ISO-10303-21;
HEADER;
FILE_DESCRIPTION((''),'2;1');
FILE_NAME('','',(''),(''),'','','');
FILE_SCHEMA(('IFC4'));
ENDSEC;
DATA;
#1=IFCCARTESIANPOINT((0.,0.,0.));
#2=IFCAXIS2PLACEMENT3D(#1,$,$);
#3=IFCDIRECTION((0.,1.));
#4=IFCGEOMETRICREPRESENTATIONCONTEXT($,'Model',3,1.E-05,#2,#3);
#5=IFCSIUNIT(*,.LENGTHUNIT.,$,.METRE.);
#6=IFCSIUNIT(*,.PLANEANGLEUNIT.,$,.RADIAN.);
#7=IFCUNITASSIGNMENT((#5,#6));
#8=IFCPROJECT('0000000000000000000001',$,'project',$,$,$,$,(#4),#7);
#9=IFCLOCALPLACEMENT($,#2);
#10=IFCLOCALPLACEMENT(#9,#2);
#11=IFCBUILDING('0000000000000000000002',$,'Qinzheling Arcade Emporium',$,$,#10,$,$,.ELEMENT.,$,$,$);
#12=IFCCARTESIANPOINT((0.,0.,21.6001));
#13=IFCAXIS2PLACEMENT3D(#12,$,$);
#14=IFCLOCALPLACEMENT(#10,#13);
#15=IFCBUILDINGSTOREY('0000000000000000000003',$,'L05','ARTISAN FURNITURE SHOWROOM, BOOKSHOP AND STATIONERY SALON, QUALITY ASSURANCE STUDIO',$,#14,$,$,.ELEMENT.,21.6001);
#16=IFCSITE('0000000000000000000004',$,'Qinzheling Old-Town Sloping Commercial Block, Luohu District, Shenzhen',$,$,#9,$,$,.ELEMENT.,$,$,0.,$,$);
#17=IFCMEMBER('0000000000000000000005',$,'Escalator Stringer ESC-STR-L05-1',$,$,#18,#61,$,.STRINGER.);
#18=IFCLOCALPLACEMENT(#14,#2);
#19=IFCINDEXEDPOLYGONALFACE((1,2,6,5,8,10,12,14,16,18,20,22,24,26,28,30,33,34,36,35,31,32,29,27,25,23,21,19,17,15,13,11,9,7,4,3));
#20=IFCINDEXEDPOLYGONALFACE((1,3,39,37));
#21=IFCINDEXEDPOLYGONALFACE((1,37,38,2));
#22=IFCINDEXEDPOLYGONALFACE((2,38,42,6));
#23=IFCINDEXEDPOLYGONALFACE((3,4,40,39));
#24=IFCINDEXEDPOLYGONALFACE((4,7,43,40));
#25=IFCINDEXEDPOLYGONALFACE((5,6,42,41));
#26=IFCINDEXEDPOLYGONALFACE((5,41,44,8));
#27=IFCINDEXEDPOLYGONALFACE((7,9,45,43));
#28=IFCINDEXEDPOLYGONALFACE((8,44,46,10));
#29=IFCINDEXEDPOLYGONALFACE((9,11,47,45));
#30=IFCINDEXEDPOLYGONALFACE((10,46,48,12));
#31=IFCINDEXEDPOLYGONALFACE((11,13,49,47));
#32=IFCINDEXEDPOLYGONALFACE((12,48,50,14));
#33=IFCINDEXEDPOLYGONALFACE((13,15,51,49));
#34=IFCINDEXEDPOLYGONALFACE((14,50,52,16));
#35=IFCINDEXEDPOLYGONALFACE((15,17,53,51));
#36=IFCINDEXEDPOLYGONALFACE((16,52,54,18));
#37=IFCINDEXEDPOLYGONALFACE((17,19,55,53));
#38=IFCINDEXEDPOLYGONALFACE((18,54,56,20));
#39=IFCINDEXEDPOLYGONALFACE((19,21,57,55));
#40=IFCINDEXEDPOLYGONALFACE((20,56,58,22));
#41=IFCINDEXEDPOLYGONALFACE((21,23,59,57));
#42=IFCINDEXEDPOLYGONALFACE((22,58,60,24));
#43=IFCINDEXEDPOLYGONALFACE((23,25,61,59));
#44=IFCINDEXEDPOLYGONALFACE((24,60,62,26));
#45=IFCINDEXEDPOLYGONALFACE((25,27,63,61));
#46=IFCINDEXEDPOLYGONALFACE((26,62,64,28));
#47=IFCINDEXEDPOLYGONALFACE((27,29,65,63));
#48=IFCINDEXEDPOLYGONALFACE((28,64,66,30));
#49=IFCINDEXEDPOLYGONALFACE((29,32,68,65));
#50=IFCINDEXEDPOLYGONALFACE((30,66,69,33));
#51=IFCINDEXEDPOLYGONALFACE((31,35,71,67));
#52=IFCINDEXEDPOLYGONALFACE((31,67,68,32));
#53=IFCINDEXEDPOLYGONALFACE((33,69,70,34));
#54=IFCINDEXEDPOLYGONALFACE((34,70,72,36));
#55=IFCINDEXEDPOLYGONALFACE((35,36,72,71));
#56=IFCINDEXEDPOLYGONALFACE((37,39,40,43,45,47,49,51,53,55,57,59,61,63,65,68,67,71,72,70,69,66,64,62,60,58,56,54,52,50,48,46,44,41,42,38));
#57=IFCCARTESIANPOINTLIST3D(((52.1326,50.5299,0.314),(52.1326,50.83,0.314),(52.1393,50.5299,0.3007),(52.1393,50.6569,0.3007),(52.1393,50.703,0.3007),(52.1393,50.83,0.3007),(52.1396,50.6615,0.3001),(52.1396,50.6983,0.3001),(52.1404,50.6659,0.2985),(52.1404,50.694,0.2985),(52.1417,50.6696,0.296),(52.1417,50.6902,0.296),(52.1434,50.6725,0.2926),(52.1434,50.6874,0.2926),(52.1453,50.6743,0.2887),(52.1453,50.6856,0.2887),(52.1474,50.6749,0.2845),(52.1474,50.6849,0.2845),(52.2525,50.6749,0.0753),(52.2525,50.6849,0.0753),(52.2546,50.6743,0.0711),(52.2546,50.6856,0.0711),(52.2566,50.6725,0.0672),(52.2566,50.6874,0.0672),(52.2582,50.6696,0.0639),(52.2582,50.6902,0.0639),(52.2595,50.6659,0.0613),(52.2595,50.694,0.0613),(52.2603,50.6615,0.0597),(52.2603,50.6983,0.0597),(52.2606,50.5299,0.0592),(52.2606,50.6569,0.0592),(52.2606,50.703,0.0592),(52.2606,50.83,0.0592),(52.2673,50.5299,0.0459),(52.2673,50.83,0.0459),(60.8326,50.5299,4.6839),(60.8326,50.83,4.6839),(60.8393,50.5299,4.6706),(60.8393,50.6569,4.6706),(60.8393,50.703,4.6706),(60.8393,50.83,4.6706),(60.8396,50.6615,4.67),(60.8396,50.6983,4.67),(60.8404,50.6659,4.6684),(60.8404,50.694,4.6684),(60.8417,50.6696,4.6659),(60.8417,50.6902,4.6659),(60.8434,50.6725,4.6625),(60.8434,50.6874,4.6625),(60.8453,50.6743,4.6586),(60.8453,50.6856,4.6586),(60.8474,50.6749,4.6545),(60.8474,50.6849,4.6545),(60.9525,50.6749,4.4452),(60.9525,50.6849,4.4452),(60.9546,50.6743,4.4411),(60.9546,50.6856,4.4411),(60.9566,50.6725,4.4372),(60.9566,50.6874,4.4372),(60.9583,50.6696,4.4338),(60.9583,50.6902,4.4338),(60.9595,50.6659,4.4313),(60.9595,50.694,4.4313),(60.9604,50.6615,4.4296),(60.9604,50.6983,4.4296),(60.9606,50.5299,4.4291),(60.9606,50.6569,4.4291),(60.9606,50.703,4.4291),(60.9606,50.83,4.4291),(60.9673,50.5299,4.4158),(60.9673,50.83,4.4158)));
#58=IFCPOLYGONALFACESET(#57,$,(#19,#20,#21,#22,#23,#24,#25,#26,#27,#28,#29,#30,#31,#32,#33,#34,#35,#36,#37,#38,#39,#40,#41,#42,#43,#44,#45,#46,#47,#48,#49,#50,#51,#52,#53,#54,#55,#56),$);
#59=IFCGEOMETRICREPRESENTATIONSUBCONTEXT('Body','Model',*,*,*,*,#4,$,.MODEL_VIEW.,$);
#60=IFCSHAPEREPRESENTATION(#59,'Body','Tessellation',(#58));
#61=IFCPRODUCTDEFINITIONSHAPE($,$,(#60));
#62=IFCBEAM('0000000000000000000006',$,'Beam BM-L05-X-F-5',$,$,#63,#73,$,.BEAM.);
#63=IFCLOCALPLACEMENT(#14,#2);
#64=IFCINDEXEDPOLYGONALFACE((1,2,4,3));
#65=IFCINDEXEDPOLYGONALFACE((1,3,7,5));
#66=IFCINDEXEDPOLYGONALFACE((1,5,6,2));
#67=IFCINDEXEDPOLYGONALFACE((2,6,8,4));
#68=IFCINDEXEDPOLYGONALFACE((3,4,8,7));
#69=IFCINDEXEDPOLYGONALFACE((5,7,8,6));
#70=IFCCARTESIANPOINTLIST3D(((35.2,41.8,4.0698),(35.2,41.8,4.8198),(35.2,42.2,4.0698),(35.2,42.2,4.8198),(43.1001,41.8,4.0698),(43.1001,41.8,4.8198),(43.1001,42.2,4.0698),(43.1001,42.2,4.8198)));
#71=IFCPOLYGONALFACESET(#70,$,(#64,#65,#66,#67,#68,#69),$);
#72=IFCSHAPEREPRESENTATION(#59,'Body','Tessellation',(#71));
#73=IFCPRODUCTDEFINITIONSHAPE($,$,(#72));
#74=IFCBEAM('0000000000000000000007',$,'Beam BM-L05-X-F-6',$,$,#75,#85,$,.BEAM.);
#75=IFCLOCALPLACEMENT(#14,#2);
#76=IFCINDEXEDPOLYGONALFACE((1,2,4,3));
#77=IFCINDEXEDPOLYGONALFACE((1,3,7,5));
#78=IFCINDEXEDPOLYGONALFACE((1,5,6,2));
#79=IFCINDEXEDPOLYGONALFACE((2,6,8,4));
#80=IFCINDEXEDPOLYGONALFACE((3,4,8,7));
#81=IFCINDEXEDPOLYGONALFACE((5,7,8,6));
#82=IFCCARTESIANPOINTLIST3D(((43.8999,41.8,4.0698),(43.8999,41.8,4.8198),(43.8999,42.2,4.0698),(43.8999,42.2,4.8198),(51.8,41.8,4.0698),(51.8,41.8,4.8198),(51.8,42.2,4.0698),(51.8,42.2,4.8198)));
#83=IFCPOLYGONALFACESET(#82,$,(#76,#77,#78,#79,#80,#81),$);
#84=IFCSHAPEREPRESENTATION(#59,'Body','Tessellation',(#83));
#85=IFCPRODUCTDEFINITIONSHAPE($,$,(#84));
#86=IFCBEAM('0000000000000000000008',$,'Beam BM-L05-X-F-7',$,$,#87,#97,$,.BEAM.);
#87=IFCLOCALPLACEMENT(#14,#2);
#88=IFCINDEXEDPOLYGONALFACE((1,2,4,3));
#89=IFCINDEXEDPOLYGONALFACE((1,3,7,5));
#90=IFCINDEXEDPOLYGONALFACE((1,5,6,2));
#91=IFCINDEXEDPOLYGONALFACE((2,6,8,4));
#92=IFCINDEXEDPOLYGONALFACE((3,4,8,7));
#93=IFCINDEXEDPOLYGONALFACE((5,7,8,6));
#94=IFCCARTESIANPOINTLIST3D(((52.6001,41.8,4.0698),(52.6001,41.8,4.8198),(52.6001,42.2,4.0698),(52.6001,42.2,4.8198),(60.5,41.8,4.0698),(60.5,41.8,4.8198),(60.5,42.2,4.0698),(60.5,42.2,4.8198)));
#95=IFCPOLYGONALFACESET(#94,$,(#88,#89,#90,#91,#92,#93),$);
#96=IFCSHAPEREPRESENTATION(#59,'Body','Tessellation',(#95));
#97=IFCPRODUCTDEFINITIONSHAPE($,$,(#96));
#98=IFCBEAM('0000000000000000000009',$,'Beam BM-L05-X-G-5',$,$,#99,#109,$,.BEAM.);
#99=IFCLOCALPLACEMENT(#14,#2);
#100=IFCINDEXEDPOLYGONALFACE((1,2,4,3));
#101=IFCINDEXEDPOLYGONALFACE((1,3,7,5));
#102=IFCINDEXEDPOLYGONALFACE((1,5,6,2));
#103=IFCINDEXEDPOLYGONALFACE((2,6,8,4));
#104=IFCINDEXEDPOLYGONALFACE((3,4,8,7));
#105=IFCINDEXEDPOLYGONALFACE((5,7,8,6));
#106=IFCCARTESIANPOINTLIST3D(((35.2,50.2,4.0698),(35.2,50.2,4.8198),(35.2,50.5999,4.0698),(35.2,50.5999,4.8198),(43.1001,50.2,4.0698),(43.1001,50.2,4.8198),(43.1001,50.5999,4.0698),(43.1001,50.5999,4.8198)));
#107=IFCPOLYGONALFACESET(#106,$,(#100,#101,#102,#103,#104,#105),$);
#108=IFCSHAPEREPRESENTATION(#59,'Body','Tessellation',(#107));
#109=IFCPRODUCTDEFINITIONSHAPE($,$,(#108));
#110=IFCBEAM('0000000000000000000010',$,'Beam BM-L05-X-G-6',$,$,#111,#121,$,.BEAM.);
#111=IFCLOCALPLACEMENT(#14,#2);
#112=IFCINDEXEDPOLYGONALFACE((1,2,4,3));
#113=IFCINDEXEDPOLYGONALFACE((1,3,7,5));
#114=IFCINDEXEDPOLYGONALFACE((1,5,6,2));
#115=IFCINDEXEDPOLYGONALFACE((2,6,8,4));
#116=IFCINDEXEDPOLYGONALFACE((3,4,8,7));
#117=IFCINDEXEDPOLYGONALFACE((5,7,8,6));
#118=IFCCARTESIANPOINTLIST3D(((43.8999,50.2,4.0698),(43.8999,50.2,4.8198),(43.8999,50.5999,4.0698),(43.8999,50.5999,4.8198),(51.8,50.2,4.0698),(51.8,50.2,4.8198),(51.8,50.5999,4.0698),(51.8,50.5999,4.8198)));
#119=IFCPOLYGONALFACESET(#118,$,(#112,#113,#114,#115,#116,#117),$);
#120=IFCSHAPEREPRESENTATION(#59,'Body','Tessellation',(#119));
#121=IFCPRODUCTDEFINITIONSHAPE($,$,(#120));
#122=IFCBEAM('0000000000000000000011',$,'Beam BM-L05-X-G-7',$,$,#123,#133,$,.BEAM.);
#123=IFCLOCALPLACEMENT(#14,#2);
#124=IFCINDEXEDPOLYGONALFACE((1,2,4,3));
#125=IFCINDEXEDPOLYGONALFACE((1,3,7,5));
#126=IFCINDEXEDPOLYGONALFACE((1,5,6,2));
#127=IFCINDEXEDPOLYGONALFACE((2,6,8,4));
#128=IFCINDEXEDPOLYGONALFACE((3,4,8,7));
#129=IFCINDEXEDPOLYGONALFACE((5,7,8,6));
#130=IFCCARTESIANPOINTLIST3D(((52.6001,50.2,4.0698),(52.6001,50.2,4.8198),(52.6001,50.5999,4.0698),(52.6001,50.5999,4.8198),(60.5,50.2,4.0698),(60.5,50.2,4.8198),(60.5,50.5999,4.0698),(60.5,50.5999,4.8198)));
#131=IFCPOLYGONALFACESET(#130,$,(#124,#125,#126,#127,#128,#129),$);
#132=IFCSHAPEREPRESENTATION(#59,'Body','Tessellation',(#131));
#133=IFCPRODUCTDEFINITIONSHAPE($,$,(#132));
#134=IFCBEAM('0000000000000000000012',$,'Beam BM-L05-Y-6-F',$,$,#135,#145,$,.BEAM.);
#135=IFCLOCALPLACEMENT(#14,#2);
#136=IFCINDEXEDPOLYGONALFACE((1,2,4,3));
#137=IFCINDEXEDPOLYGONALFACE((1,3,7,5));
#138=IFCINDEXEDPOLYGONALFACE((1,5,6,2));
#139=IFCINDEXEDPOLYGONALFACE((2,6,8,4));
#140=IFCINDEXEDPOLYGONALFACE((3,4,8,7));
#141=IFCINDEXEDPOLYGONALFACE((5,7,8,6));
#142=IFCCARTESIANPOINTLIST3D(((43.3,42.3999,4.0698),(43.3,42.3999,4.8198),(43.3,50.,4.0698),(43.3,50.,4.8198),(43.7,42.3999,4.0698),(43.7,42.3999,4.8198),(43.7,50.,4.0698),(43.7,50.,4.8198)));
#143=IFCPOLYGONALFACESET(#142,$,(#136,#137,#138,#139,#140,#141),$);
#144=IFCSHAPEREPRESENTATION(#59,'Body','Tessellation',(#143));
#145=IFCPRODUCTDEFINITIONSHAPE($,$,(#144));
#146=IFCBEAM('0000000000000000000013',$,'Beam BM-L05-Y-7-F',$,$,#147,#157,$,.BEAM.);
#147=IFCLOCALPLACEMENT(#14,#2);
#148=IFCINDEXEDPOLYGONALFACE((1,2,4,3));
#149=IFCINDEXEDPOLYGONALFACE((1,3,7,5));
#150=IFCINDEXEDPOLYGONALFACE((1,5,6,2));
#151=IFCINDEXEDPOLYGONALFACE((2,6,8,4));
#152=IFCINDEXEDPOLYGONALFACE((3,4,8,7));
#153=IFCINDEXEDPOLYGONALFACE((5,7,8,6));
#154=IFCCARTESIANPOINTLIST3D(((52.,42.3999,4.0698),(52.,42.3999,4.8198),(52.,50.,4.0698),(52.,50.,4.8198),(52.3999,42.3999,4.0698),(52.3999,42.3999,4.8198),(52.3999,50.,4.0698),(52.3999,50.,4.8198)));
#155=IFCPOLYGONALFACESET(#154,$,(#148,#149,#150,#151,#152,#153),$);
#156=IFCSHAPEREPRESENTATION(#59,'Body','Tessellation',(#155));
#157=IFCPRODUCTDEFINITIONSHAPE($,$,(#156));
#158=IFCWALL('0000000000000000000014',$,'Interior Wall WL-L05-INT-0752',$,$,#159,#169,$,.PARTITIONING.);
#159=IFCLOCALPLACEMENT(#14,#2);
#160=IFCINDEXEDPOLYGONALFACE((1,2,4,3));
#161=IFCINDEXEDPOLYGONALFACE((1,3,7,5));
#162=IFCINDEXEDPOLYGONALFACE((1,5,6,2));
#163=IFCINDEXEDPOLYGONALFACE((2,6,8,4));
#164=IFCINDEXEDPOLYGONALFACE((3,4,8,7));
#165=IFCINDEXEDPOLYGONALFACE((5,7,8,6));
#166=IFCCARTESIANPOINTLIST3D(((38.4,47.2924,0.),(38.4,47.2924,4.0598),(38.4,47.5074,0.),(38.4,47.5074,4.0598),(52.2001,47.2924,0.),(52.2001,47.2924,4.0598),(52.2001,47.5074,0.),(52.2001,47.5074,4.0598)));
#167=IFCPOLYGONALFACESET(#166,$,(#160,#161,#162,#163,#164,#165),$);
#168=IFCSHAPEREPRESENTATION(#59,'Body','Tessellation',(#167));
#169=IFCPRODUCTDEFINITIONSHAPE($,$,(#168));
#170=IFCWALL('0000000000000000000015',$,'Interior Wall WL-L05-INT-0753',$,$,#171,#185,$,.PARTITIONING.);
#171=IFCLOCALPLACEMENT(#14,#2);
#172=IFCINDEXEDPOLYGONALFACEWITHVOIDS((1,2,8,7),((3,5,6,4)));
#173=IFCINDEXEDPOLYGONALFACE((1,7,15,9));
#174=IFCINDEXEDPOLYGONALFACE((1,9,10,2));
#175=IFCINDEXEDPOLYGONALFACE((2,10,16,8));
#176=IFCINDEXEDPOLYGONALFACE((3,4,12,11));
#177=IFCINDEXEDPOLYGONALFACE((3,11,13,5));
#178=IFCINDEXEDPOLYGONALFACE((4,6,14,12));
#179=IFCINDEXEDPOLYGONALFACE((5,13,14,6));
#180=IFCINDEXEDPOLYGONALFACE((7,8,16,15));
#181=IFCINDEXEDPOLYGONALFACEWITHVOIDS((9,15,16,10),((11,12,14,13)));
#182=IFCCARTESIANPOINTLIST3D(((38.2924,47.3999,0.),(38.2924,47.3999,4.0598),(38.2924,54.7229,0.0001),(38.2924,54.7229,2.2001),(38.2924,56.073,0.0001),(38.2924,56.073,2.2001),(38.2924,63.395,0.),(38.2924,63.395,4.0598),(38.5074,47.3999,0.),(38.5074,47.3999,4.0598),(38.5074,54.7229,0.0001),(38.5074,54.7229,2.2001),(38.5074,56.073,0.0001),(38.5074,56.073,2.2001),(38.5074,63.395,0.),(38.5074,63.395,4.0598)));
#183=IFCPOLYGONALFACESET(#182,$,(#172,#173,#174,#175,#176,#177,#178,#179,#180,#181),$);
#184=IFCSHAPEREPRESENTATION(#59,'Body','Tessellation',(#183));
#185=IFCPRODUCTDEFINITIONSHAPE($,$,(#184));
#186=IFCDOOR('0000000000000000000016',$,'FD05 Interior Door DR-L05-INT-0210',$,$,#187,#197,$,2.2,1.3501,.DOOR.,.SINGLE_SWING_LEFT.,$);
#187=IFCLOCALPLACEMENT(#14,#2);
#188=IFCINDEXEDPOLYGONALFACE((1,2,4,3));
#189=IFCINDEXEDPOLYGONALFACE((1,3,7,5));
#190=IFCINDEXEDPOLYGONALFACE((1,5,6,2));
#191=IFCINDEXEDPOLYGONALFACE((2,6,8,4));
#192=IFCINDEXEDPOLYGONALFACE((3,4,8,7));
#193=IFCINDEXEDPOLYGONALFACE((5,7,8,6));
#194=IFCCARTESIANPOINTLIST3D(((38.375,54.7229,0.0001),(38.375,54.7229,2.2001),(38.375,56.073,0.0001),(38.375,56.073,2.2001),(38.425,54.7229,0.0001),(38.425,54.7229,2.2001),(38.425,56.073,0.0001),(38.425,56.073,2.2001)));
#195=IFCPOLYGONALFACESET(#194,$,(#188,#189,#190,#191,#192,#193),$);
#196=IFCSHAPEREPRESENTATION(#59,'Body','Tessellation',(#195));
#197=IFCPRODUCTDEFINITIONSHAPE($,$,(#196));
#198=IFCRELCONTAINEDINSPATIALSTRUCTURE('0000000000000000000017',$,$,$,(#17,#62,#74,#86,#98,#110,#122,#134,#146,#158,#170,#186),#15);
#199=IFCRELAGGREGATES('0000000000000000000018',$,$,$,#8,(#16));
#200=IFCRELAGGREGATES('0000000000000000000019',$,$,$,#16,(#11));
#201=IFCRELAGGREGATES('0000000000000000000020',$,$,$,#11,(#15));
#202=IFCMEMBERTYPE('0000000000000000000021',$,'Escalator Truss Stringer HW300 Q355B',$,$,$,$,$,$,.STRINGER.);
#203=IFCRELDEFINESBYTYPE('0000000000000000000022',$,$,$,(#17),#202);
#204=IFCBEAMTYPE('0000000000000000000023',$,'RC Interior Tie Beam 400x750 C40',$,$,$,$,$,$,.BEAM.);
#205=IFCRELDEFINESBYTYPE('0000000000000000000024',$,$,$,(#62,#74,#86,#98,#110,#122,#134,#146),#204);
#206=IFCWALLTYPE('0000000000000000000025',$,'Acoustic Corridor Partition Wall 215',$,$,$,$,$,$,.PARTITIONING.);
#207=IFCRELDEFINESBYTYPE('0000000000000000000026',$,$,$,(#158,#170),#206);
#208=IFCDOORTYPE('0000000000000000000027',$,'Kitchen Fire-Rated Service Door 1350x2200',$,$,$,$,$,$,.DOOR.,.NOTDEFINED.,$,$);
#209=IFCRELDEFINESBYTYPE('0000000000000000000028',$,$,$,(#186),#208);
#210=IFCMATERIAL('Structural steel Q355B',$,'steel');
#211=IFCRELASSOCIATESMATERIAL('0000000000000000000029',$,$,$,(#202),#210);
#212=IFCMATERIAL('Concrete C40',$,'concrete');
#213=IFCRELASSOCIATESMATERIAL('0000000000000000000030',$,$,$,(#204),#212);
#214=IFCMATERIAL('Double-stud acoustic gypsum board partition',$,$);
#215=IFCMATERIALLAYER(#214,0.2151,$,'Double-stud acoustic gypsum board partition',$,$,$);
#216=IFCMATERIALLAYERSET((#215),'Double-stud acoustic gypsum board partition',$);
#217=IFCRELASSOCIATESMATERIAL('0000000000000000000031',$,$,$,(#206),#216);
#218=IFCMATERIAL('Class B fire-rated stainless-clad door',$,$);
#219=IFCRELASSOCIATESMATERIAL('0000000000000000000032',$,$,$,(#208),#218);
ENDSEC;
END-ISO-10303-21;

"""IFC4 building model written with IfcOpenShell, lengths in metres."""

from ifc_helpers import new_model, si_unit, direction, frame, frame_2d, origin, origin_2d, place, context, subcontext, project, spatial, rectangle, i_section, extrude, material, layer, layer_set, material_profile, profile_set, type_object, element, fill, save


model = new_model("IFC4")

# Units and contexts
model_context = context("Model", 3, precision=1e-05, world=origin(), true_north=direction((0.0, 1.0)))
body_context = subcontext(model_context, "Body", "Model", "MODEL_VIEW")
ifc_project = project(units=[si_unit("LENGTHUNIT", "METRE"), si_unit("PLANEANGLEUNIT", "RADIAN")], contexts=[model_context])

# Site, building, storey
site_placement = place(None, origin())
site = spatial("IfcSite", under=ifc_project, at=site_placement, Name="Qinzheling Old-Town Sloping Commercial Block, Luohu District, Shenzhen", CompositionType="ELEMENT", RefElevation=0.0)
building_placement = place(site_placement, origin())
building = spatial("IfcBuilding", under=site, at=building_placement, Name="Qinzheling Arcade Emporium", CompositionType="ELEMENT")
storey_placement = place(building_placement, frame((0.0, 0.0, 21.6001)))
storey = spatial("IfcBuildingStorey", under=building, at=storey_placement, Name="L05", Description="ARTISAN FURNITURE SHOWROOM, BOOKSHOP AND STATIONERY SALON, QUALITY ASSURANCE STUDIO", CompositionType="ELEMENT", Elevation=21.6001)

# Shared definitions
ifc_material_1 = material(Name="Concrete C40", Category="concrete")

# Shared definitions
ifc_material_2 = material(Name="Structural steel Q355B", Category="steel")

# Member
ifc_material_profile_1 = material_profile(ifc_material_2, i_section(OverallWidth=0.3, OverallDepth=0.3, WebThickness=0.01, FlangeThickness=0.0149, FilletRadius=0.0181, at=origin_2d()), Name="HW 300x300x10x15", Category="steel")
ifc_profile_set_1 = profile_set([ifc_material_profile_1], Name="Structural steel Q355B")
member_type = type_object("IfcMemberType", Name="Escalator Truss Stringer HW300 Q355B", PredefinedType="STRINGER", material=ifc_profile_set_1)
member_placement = place(storey_placement, frame((52.2, 50.6799, 0.1799), z_axis=(0.893608, 0.0, 0.448848), x_axis=(0.0, 1.0, 0.0)))
element("IfcMember", 1, at=member_placement, inside=storey, type_object=member_type, Name="Escalator Stringer ESC-STR-L05-1", PredefinedType="STRINGER", context=body_context, shape_type="SweptSolid", body=[
    extrude(i_section(OverallWidth=0.3, OverallDepth=0.3, WebThickness=0.01, FlangeThickness=0.0149, FilletRadius=0.0181, at=origin_2d()), origin(), (0.0, 0.0, 1.0), 9.7358),
])

# Beams
ifc_material_profile_2 = material_profile(ifc_material_1, rectangle(XDim=0.3999, YDim=0.75, at=origin_2d()), Name="RC 400x750", Category="concrete")
ifc_profile_set_2 = profile_set([ifc_material_profile_2], Name="Concrete C40")
beam_type_1 = type_object("IfcBeamType", Name="RC Interior Tie Beam 400x750 C40", PredefinedType="BEAM", material=ifc_profile_set_2)
for number, where, z_axis, x_axis, name in (
    (2, (35.2, 42.0, 4.4448), (1.0, 0.0, 0.0), (0.0, 1.0, 0.0), "Beam BM-L05-X-F-5"),
    (3, (43.8999, 42.0, 4.4448), (1.0, 0.0, 0.0), (0.0, 1.0, 0.0), "Beam BM-L05-X-F-6"),
):
    element("IfcBeam", number, at=place(storey_placement, frame(where, z_axis=z_axis, x_axis=x_axis)), inside=storey, type_object=beam_type_1, Name=name, PredefinedType="BEAM", context=body_context, shape_type="SweptSolid", body=[
        extrude(rectangle(XDim=0.3999, YDim=0.75, at=origin_2d()), origin(), (0.0, 0.0, 1.0), 7.9001),
    ])
beam_1_placement = place(storey_placement, frame((52.6001, 42.0, 4.4448), z_axis=(1.0, 0.0, 0.0), x_axis=(0.0, 1.0, 0.0)))
element("IfcBeam", 4, at=beam_1_placement, inside=storey, type_object=beam_type_1, Name="Beam BM-L05-X-F-7", PredefinedType="BEAM", context=body_context, shape_type="SweptSolid", body=[
    extrude(rectangle(XDim=0.3999, YDim=0.75, at=origin_2d()), origin(), (0.0, 0.0, 1.0), 7.8999),
])
for number, where, z_axis, x_axis, name in (
    (5, (35.2, 50.3999, 4.4448), (1.0, 0.0, 0.0), (0.0, 1.0, 0.0), "Beam BM-L05-X-G-5"),
    (6, (43.8999, 50.3999, 4.4448), (1.0, 0.0, 0.0), (0.0, 1.0, 0.0), "Beam BM-L05-X-G-6"),
):
    element("IfcBeam", number, at=place(storey_placement, frame(where, z_axis=z_axis, x_axis=x_axis)), inside=storey, type_object=beam_type_1, Name=name, PredefinedType="BEAM", context=body_context, shape_type="SweptSolid", body=[
        extrude(rectangle(XDim=0.3999, YDim=0.75, at=origin_2d()), origin(), (0.0, 0.0, 1.0), 7.9001),
    ])
beam_2_placement = place(storey_placement, frame((52.6001, 50.3999, 4.4448), z_axis=(1.0, 0.0, 0.0), x_axis=(0.0, 1.0, 0.0)))
element("IfcBeam", 7, at=beam_2_placement, inside=storey, type_object=beam_type_1, Name="Beam BM-L05-X-G-7", PredefinedType="BEAM", context=body_context, shape_type="SweptSolid", body=[
    extrude(rectangle(XDim=0.3999, YDim=0.75, at=origin_2d()), origin(), (0.0, 0.0, 1.0), 7.8999),
])
for number, where, z_axis, x_axis, name in (
    (8, (43.5, 42.3999, 4.4448), (0.0, 1.0, 0.0), (-1.0, 0.0, 0.0), "Beam BM-L05-Y-6-F"),
    (9, (52.2, 42.3999, 4.4448), (0.0, 1.0, 0.0), (-1.0, 0.0, 0.0), "Beam BM-L05-Y-7-F"),
):
    element("IfcBeam", number, at=place(storey_placement, frame(where, z_axis=z_axis, x_axis=x_axis)), inside=storey, type_object=beam_type_1, Name=name, PredefinedType="BEAM", context=body_context, shape_type="SweptSolid", body=[
        extrude(rectangle(XDim=0.3999, YDim=0.75, at=origin_2d()), origin(), (0.0, 0.0, 1.0), 7.6001),
    ])

# Wall
ifc_material_3 = material(Name="Double-stud acoustic gypsum board partition")
ifc_layer_1 = layer(ifc_material_3, 0.2151, Name="Double-stud acoustic gypsum board partition")
ifc_layer_set_1 = layer_set([ifc_layer_1], Name="Double-stud acoustic gypsum board partition")
wall_type_1 = type_object("IfcWallType", Name="Acoustic Corridor Partition Wall 215", PredefinedType="PARTITIONING", material=ifc_layer_set_1)
wall_1_placement = place(storey_placement, frame((52.2, 47.3999, 0.0), z_axis=(0.0, 0.0, 1.0), x_axis=(-1.0, 0.0, 0.0)))
element("IfcWall", 10, at=wall_1_placement, inside=storey, type_object=wall_type_1, Name="Interior Wall WL-L05-INT-0752", PredefinedType="PARTITIONING", context=body_context, shape_type="SweptSolid", body=[
    extrude(rectangle(XDim=13.8, YDim=0.2151, at=frame_2d((6.8999, 0.0))), origin(), (0.0, 0.0, 1.0), 4.0598),
])

# Wall, opening, door
wall_2_placement = place(storey_placement, frame((38.3999, 47.3999, 0.0), z_axis=(0.0, 0.0, 1.0), x_axis=(0.0, 1.0, 0.0)))
wall_2 = element("IfcWall", 11, at=wall_2_placement, inside=storey, type_object=wall_type_1, Name="Interior Wall WL-L05-INT-0753", PredefinedType="PARTITIONING", context=body_context, shape_type="SweptSolid", body=[
    extrude(rectangle(XDim=15.9951, YDim=0.2151, at=frame_2d((7.9976, 0.0))), origin(), (0.0, 0.0, 1.0), 4.0598),
])
opening_placement = place(wall_2_placement, frame((7.323, 0.0, 0.0)))
opening = element("IfcOpeningElement", 12, at=opening_placement, cuts=wall_2, PredefinedType="OPENING", context=body_context, shape_type="SweptSolid", body=[
    extrude(rectangle(XDim=1.3501, YDim=2.2, at=frame_2d((0.675, 1.1001))), frame((0.0, 0.1177, 0.0), z_axis=(0.0, -1.0, 0.0), x_axis=(1.0, 0.0, 0.0)), (0.0, 0.0, 1.0), 0.2351),
])
ifc_material_4 = material(Name="Class B fire-rated stainless-clad door")
door_type = type_object("IfcDoorType", Name="Kitchen Fire-Rated Service Door 1350x2200", OperationType="NOTDEFINED", PredefinedType="DOOR", material=ifc_material_4)
door_placement = place(opening_placement, origin())
door = element("IfcDoor", 13, at=door_placement, inside=storey, type_object=door_type, Name="FD05 Interior Door DR-L05-INT-0210", OperationType="SINGLE_SWING_LEFT", OverallHeight=2.2, OverallWidth=1.3501, PredefinedType="DOOR", context=body_context, shape_type="SweptSolid", body=[
    extrude(rectangle(XDim=1.3501, YDim=2.2, at=frame_2d((0.675, 1.1001))), frame((0.0, 0.0249, 0.0), z_axis=(0.0, -1.0, 0.0), x_axis=(1.0, 0.0, 0.0)), (0.0, 0.0, 1.0), 0.05),
])
fill(opening, door)

save(model, "model.ifc")
